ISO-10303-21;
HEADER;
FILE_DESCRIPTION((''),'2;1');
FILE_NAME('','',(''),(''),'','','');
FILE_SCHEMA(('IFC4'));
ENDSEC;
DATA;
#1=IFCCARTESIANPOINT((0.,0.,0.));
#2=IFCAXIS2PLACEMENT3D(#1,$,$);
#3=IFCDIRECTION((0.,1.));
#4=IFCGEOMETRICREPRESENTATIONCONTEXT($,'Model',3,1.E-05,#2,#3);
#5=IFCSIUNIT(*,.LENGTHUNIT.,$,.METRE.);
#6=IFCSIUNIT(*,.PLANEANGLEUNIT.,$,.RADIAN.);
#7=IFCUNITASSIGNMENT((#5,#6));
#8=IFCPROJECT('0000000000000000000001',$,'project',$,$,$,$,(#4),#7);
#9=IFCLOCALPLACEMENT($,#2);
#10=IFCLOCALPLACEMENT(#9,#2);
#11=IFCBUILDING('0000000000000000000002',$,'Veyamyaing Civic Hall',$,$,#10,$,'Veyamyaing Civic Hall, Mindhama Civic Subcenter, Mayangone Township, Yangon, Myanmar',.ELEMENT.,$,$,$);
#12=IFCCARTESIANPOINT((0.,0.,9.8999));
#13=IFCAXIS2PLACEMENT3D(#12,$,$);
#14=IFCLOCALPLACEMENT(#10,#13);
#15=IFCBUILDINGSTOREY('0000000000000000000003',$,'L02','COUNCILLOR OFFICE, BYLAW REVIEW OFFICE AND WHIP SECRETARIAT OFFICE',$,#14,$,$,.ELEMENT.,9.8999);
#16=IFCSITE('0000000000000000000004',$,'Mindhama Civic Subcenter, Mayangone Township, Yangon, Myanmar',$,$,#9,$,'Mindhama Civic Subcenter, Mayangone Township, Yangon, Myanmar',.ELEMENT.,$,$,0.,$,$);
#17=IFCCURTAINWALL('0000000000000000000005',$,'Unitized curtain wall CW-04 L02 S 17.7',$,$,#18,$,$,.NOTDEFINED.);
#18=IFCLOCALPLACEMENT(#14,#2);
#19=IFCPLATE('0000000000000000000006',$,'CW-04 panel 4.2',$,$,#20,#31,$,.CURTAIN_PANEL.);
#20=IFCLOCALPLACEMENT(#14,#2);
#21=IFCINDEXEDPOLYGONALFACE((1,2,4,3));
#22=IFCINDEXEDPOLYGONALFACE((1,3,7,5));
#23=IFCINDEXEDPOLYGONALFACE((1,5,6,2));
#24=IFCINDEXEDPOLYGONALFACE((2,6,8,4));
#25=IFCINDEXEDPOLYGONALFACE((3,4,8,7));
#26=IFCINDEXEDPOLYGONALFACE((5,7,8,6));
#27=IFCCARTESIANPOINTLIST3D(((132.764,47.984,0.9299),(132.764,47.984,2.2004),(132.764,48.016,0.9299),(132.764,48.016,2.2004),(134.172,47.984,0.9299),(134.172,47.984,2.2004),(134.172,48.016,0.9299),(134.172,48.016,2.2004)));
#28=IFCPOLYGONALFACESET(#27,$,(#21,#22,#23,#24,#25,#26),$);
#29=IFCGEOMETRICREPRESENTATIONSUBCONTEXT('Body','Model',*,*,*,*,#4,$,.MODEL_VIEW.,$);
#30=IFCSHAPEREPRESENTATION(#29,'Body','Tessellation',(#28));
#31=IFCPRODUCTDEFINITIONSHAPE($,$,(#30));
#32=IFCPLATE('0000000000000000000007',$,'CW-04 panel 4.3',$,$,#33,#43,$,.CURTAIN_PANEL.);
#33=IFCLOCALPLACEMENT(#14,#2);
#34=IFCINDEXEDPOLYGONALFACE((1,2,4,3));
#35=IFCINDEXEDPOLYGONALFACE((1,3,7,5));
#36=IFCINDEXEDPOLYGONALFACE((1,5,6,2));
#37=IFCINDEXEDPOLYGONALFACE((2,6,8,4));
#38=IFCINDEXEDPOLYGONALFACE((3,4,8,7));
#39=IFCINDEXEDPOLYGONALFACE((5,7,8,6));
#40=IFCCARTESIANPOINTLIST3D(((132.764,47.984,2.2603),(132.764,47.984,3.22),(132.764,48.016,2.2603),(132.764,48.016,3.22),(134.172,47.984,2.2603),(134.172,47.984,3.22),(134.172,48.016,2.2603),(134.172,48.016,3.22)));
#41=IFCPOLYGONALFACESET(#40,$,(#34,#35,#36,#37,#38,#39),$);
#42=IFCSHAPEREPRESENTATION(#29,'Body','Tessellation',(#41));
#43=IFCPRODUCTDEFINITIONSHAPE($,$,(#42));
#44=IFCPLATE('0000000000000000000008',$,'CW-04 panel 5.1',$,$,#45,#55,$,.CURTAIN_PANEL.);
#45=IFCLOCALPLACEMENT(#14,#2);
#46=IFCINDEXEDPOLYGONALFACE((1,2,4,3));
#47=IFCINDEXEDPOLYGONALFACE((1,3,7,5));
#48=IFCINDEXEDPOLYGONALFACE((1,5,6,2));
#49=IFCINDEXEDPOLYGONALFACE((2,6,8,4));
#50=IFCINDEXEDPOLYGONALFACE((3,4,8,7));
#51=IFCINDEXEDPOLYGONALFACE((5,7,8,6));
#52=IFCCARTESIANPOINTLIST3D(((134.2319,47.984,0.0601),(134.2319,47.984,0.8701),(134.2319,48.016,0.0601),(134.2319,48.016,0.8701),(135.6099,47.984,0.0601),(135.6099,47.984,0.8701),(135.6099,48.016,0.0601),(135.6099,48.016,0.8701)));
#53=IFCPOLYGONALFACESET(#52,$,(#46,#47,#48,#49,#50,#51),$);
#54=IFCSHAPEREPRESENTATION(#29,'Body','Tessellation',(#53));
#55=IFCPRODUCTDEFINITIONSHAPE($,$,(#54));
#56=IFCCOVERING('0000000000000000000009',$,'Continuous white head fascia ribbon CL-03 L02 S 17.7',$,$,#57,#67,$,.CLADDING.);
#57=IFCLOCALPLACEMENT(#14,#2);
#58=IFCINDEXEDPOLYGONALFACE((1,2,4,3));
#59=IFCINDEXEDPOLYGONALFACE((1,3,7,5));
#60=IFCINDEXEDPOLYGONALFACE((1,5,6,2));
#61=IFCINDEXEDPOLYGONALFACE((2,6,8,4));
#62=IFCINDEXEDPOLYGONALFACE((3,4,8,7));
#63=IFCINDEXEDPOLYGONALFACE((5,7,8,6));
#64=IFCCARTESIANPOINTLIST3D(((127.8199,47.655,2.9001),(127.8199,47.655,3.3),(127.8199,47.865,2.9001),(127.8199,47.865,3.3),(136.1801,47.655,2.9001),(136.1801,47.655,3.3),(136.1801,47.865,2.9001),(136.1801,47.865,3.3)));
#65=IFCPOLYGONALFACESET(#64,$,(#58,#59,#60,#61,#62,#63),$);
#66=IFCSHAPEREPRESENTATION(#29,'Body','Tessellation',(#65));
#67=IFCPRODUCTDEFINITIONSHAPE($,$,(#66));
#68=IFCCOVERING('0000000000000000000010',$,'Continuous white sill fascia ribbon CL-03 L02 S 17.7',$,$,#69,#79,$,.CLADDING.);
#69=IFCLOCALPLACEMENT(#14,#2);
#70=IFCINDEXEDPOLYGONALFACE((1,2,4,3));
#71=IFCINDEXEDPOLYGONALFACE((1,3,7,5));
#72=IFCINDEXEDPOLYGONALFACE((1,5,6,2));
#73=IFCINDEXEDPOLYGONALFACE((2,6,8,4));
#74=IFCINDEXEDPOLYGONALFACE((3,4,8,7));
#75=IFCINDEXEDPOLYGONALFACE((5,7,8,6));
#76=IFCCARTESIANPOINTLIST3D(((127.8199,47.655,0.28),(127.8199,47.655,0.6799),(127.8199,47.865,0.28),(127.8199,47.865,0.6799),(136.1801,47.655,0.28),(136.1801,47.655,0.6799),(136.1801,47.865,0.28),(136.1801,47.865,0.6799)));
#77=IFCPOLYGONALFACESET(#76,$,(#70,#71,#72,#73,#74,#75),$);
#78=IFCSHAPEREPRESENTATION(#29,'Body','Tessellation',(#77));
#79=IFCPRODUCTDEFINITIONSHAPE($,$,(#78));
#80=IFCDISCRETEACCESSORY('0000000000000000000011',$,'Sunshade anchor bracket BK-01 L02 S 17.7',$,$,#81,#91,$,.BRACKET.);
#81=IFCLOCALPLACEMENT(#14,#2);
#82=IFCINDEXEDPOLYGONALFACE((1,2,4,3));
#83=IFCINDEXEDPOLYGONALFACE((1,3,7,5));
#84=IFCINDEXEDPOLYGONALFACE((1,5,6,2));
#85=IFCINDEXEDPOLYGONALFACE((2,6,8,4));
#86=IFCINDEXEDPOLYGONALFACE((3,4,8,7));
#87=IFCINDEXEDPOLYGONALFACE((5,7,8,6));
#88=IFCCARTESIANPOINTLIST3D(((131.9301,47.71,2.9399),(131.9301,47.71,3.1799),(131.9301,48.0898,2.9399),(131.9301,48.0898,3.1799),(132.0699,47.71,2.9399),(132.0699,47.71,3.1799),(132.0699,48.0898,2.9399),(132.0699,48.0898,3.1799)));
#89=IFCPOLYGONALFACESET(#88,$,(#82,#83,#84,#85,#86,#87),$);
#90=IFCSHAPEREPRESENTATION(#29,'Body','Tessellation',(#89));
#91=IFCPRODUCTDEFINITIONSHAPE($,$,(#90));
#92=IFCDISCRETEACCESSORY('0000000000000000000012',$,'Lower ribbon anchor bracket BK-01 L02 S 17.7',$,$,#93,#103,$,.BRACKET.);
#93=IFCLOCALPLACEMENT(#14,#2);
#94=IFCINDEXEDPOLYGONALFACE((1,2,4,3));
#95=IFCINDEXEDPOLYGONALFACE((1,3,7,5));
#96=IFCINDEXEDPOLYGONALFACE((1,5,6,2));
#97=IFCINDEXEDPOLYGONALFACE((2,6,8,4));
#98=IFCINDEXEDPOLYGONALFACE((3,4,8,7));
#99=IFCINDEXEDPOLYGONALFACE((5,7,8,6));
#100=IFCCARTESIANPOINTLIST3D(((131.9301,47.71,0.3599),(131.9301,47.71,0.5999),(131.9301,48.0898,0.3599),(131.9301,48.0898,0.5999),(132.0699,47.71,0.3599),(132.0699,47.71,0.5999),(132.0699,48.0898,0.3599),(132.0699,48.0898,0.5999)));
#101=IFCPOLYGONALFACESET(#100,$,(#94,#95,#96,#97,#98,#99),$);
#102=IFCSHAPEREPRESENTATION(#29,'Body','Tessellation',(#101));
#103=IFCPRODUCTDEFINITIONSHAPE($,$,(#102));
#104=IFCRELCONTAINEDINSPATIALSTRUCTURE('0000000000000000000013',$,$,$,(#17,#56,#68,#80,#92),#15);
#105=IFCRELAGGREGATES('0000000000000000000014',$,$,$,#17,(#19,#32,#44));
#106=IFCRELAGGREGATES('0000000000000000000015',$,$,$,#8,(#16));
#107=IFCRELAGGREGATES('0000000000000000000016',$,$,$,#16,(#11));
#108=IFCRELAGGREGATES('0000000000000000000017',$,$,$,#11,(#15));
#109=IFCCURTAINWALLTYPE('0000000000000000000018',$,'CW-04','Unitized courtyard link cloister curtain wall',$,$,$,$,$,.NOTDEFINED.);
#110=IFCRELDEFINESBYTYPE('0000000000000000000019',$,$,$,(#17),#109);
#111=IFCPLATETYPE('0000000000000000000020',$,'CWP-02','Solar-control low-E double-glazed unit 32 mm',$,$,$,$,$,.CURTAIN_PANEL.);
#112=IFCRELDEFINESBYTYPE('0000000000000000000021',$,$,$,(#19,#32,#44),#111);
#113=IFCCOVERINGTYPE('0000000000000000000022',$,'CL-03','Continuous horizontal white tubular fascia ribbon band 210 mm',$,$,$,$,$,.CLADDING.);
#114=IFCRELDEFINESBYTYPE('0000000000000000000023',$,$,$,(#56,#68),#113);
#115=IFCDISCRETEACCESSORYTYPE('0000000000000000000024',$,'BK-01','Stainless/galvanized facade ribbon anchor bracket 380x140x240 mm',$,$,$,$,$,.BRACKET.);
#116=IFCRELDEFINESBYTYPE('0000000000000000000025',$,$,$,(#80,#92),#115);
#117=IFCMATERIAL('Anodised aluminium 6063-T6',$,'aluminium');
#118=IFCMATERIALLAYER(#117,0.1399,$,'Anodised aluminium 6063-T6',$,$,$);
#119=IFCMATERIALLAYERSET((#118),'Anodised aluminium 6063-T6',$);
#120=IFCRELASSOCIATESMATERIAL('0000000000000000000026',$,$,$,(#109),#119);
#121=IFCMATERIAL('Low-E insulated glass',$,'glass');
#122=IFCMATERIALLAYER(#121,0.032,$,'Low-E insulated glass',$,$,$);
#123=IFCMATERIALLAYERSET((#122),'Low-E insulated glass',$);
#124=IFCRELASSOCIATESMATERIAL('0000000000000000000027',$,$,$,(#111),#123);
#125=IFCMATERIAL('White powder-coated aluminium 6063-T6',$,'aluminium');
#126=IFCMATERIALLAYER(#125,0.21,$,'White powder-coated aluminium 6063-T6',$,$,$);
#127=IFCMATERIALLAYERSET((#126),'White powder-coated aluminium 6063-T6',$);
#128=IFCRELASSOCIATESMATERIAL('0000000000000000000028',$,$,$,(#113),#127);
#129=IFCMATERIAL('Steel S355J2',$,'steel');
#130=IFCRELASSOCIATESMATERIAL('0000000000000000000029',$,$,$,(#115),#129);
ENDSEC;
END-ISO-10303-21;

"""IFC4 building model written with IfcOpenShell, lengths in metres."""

from ifc_helpers import new_model, si_unit, direction, frame, origin, origin_2d, place, context, subcontext, project, spatial, rectangle, extrude, material, layer, layer_set, type_object, element, aggregate, save


model = new_model("IFC4")

# Units and contexts
model_context = context("Model", 3, precision=1e-05, world=origin(), true_north=direction((0.0, 1.0)))
body_context = subcontext(model_context, "Body", "Model", "MODEL_VIEW")
ifc_project = project(units=[si_unit("LENGTHUNIT", "METRE"), si_unit("PLANEANGLEUNIT", "RADIAN")], contexts=[model_context])

# Site, building, storey
site_placement = place(None, origin())
site = spatial("IfcSite", under=ifc_project, at=site_placement, Name="Mindhama Civic Subcenter, Mayangone Township, Yangon, Myanmar", LongName="Mindhama Civic Subcenter, Mayangone Township, Yangon, Myanmar", CompositionType="ELEMENT", RefElevation=0.0)
building_placement = place(site_placement, origin())
building = spatial("IfcBuilding", under=site, at=building_placement, Name="Veyamyaing Civic Hall", LongName="Veyamyaing Civic Hall, Mindhama Civic Subcenter, Mayangone Township, Yangon, Myanmar", CompositionType="ELEMENT")
storey_placement = place(building_placement, frame((0.0, 0.0, 9.8999)))
storey = spatial("IfcBuildingStorey", under=building, at=storey_placement, Name="L02", Description="COUNCILLOR OFFICE, BYLAW REVIEW OFFICE AND WHIP SECRETARIAT OFFICE", CompositionType="ELEMENT", Elevation=9.8999)

# Curtain wall, plates
ifc_material_1 = material(Name="Anodised aluminium 6063-T6", Category="aluminium")
ifc_layer_1 = layer(ifc_material_1, 0.1399, Name="Anodised aluminium 6063-T6")
ifc_layer_set_1 = layer_set([ifc_layer_1], Name="Anodised aluminium 6063-T6")
curtain_wall_type = type_object("IfcCurtainWallType", Name="CW-04", Description="Unitized courtyard link cloister curtain wall", PredefinedType="NOTDEFINED", material=ifc_layer_set_1)
curtain_wall_placement = place(storey_placement, origin())
curtain_wall = element("IfcCurtainWall", 1, at=curtain_wall_placement, inside=storey, type_object=curtain_wall_type, Name="Unitized curtain wall CW-04 L02 S 17.7", PredefinedType="NOTDEFINED")
ifc_material_2 = material(Name="Low-E insulated glass", Category="glass")
ifc_layer_2 = layer(ifc_material_2, 0.032, Name="Low-E insulated glass")
ifc_layer_set_2 = layer_set([ifc_layer_2], Name="Low-E insulated glass")
plate_type = type_object("IfcPlateType", Name="CWP-02", Description="Solar-control low-E double-glazed unit 32 mm", PredefinedType="CURTAIN_PANEL", material=ifc_layer_set_2)
plate_1_placement = place(storey_placement, frame((133.468, 48.0, 0.9299), z_axis=(0.0, 0.0, 1.0), x_axis=(1.0, 0.0, 0.0)))
plate_1 = element("IfcPlate", 2, at=plate_1_placement, type_object=plate_type, Name="CW-04 panel 4.2", PredefinedType="CURTAIN_PANEL", context=body_context, shape_type="SweptSolid", body=[
    extrude(rectangle(XDim=1.408, YDim=0.032, at=origin_2d()), origin(), (0.0, 0.0, 1.0), 1.2705),
])
plate_2_placement = place(storey_placement, frame((133.468, 48.0, 2.2603), z_axis=(0.0, 0.0, 1.0), x_axis=(1.0, 0.0, 0.0)))
plate_2 = element("IfcPlate", 3, at=plate_2_placement, type_object=plate_type, Name="CW-04 panel 4.3", PredefinedType="CURTAIN_PANEL", context=body_context, shape_type="SweptSolid", body=[
    extrude(rectangle(XDim=1.408, YDim=0.032, at=origin_2d()), origin(), (0.0, 0.0, 1.0), 0.9597),
])
plate_3_placement = place(storey_placement, frame((134.9209, 48.0, 0.0601), z_axis=(0.0, 0.0, 1.0), x_axis=(1.0, 0.0, 0.0)))
plate_3 = element("IfcPlate", 4, at=plate_3_placement, type_object=plate_type, Name="CW-04 panel 5.1", PredefinedType="CURTAIN_PANEL", context=body_context, shape_type="SweptSolid", body=[
    extrude(rectangle(XDim=1.3779, YDim=0.032, at=origin_2d()), origin(), (0.0, 0.0, 1.0), 0.8101),
])
aggregate(curtain_wall, [plate_1, plate_2, plate_3])

# Coverings
ifc_material_3 = material(Name="White powder-coated aluminium 6063-T6", Category="aluminium")
ifc_layer_3 = layer(ifc_material_3, 0.21, Name="White powder-coated aluminium 6063-T6")
ifc_layer_set_3 = layer_set([ifc_layer_3], Name="White powder-coated aluminium 6063-T6")
covering_type = type_object("IfcCoveringType", Name="CL-03", Description="Continuous horizontal white tubular fascia ribbon band 210 mm", PredefinedType="CLADDING", material=ifc_layer_set_3)
for number, where, z_axis, x_axis, name in (
    (5, (132.0, 47.76, 2.9001), (0.0, 0.0, 1.0), (1.0, 0.0, 0.0), "Continuous white head fascia ribbon CL-03 L02 S 17.7"),
    (6, (132.0, 47.76, 0.28), (0.0, 0.0, 1.0), (1.0, 0.0, 0.0), "Continuous white sill fascia ribbon CL-03 L02 S 17.7"),
):
    element("IfcCovering", number, at=place(storey_placement, frame(where, z_axis=z_axis, x_axis=x_axis)), inside=storey, type_object=covering_type, Name=name, PredefinedType="CLADDING", context=body_context, shape_type="SweptSolid", body=[
        extrude(rectangle(XDim=8.3601, YDim=0.21, at=origin_2d()), origin(), (0.0, 0.0, 1.0), 0.3999),
    ])

# Discrete accessories
ifc_material_4 = material(Name="Steel S355J2", Category="steel")
discrete_accessory_type = type_object("IfcDiscreteAccessoryType", Name="BK-01", Description="Stainless/galvanized facade ribbon anchor bracket 380x140x240 mm", PredefinedType="BRACKET", material=ifc_material_4)
for number, where, z_axis, x_axis, name in (
    (7, (132.0, 47.8999, 2.9399), (0.0, 0.0, 1.0), (0.0, -1.0, 0.0), "Sunshade anchor bracket BK-01 L02 S 17.7"),
    (8, (132.0, 47.8999, 0.3599), (0.0, 0.0, 1.0), (0.0, -1.0, 0.0), "Lower ribbon anchor bracket BK-01 L02 S 17.7"),
):
    element("IfcDiscreteAccessory", number, at=place(storey_placement, frame(where, z_axis=z_axis, x_axis=x_axis)), inside=storey, type_object=discrete_accessory_type, Name=name, PredefinedType="BRACKET", context=body_context, shape_type="SweptSolid", body=[
        extrude(rectangle(XDim=0.3799, YDim=0.1399, at=origin_2d()), origin(), (0.0, 0.0, 1.0), 0.24),
    ])

save(model, "model.ifc")
